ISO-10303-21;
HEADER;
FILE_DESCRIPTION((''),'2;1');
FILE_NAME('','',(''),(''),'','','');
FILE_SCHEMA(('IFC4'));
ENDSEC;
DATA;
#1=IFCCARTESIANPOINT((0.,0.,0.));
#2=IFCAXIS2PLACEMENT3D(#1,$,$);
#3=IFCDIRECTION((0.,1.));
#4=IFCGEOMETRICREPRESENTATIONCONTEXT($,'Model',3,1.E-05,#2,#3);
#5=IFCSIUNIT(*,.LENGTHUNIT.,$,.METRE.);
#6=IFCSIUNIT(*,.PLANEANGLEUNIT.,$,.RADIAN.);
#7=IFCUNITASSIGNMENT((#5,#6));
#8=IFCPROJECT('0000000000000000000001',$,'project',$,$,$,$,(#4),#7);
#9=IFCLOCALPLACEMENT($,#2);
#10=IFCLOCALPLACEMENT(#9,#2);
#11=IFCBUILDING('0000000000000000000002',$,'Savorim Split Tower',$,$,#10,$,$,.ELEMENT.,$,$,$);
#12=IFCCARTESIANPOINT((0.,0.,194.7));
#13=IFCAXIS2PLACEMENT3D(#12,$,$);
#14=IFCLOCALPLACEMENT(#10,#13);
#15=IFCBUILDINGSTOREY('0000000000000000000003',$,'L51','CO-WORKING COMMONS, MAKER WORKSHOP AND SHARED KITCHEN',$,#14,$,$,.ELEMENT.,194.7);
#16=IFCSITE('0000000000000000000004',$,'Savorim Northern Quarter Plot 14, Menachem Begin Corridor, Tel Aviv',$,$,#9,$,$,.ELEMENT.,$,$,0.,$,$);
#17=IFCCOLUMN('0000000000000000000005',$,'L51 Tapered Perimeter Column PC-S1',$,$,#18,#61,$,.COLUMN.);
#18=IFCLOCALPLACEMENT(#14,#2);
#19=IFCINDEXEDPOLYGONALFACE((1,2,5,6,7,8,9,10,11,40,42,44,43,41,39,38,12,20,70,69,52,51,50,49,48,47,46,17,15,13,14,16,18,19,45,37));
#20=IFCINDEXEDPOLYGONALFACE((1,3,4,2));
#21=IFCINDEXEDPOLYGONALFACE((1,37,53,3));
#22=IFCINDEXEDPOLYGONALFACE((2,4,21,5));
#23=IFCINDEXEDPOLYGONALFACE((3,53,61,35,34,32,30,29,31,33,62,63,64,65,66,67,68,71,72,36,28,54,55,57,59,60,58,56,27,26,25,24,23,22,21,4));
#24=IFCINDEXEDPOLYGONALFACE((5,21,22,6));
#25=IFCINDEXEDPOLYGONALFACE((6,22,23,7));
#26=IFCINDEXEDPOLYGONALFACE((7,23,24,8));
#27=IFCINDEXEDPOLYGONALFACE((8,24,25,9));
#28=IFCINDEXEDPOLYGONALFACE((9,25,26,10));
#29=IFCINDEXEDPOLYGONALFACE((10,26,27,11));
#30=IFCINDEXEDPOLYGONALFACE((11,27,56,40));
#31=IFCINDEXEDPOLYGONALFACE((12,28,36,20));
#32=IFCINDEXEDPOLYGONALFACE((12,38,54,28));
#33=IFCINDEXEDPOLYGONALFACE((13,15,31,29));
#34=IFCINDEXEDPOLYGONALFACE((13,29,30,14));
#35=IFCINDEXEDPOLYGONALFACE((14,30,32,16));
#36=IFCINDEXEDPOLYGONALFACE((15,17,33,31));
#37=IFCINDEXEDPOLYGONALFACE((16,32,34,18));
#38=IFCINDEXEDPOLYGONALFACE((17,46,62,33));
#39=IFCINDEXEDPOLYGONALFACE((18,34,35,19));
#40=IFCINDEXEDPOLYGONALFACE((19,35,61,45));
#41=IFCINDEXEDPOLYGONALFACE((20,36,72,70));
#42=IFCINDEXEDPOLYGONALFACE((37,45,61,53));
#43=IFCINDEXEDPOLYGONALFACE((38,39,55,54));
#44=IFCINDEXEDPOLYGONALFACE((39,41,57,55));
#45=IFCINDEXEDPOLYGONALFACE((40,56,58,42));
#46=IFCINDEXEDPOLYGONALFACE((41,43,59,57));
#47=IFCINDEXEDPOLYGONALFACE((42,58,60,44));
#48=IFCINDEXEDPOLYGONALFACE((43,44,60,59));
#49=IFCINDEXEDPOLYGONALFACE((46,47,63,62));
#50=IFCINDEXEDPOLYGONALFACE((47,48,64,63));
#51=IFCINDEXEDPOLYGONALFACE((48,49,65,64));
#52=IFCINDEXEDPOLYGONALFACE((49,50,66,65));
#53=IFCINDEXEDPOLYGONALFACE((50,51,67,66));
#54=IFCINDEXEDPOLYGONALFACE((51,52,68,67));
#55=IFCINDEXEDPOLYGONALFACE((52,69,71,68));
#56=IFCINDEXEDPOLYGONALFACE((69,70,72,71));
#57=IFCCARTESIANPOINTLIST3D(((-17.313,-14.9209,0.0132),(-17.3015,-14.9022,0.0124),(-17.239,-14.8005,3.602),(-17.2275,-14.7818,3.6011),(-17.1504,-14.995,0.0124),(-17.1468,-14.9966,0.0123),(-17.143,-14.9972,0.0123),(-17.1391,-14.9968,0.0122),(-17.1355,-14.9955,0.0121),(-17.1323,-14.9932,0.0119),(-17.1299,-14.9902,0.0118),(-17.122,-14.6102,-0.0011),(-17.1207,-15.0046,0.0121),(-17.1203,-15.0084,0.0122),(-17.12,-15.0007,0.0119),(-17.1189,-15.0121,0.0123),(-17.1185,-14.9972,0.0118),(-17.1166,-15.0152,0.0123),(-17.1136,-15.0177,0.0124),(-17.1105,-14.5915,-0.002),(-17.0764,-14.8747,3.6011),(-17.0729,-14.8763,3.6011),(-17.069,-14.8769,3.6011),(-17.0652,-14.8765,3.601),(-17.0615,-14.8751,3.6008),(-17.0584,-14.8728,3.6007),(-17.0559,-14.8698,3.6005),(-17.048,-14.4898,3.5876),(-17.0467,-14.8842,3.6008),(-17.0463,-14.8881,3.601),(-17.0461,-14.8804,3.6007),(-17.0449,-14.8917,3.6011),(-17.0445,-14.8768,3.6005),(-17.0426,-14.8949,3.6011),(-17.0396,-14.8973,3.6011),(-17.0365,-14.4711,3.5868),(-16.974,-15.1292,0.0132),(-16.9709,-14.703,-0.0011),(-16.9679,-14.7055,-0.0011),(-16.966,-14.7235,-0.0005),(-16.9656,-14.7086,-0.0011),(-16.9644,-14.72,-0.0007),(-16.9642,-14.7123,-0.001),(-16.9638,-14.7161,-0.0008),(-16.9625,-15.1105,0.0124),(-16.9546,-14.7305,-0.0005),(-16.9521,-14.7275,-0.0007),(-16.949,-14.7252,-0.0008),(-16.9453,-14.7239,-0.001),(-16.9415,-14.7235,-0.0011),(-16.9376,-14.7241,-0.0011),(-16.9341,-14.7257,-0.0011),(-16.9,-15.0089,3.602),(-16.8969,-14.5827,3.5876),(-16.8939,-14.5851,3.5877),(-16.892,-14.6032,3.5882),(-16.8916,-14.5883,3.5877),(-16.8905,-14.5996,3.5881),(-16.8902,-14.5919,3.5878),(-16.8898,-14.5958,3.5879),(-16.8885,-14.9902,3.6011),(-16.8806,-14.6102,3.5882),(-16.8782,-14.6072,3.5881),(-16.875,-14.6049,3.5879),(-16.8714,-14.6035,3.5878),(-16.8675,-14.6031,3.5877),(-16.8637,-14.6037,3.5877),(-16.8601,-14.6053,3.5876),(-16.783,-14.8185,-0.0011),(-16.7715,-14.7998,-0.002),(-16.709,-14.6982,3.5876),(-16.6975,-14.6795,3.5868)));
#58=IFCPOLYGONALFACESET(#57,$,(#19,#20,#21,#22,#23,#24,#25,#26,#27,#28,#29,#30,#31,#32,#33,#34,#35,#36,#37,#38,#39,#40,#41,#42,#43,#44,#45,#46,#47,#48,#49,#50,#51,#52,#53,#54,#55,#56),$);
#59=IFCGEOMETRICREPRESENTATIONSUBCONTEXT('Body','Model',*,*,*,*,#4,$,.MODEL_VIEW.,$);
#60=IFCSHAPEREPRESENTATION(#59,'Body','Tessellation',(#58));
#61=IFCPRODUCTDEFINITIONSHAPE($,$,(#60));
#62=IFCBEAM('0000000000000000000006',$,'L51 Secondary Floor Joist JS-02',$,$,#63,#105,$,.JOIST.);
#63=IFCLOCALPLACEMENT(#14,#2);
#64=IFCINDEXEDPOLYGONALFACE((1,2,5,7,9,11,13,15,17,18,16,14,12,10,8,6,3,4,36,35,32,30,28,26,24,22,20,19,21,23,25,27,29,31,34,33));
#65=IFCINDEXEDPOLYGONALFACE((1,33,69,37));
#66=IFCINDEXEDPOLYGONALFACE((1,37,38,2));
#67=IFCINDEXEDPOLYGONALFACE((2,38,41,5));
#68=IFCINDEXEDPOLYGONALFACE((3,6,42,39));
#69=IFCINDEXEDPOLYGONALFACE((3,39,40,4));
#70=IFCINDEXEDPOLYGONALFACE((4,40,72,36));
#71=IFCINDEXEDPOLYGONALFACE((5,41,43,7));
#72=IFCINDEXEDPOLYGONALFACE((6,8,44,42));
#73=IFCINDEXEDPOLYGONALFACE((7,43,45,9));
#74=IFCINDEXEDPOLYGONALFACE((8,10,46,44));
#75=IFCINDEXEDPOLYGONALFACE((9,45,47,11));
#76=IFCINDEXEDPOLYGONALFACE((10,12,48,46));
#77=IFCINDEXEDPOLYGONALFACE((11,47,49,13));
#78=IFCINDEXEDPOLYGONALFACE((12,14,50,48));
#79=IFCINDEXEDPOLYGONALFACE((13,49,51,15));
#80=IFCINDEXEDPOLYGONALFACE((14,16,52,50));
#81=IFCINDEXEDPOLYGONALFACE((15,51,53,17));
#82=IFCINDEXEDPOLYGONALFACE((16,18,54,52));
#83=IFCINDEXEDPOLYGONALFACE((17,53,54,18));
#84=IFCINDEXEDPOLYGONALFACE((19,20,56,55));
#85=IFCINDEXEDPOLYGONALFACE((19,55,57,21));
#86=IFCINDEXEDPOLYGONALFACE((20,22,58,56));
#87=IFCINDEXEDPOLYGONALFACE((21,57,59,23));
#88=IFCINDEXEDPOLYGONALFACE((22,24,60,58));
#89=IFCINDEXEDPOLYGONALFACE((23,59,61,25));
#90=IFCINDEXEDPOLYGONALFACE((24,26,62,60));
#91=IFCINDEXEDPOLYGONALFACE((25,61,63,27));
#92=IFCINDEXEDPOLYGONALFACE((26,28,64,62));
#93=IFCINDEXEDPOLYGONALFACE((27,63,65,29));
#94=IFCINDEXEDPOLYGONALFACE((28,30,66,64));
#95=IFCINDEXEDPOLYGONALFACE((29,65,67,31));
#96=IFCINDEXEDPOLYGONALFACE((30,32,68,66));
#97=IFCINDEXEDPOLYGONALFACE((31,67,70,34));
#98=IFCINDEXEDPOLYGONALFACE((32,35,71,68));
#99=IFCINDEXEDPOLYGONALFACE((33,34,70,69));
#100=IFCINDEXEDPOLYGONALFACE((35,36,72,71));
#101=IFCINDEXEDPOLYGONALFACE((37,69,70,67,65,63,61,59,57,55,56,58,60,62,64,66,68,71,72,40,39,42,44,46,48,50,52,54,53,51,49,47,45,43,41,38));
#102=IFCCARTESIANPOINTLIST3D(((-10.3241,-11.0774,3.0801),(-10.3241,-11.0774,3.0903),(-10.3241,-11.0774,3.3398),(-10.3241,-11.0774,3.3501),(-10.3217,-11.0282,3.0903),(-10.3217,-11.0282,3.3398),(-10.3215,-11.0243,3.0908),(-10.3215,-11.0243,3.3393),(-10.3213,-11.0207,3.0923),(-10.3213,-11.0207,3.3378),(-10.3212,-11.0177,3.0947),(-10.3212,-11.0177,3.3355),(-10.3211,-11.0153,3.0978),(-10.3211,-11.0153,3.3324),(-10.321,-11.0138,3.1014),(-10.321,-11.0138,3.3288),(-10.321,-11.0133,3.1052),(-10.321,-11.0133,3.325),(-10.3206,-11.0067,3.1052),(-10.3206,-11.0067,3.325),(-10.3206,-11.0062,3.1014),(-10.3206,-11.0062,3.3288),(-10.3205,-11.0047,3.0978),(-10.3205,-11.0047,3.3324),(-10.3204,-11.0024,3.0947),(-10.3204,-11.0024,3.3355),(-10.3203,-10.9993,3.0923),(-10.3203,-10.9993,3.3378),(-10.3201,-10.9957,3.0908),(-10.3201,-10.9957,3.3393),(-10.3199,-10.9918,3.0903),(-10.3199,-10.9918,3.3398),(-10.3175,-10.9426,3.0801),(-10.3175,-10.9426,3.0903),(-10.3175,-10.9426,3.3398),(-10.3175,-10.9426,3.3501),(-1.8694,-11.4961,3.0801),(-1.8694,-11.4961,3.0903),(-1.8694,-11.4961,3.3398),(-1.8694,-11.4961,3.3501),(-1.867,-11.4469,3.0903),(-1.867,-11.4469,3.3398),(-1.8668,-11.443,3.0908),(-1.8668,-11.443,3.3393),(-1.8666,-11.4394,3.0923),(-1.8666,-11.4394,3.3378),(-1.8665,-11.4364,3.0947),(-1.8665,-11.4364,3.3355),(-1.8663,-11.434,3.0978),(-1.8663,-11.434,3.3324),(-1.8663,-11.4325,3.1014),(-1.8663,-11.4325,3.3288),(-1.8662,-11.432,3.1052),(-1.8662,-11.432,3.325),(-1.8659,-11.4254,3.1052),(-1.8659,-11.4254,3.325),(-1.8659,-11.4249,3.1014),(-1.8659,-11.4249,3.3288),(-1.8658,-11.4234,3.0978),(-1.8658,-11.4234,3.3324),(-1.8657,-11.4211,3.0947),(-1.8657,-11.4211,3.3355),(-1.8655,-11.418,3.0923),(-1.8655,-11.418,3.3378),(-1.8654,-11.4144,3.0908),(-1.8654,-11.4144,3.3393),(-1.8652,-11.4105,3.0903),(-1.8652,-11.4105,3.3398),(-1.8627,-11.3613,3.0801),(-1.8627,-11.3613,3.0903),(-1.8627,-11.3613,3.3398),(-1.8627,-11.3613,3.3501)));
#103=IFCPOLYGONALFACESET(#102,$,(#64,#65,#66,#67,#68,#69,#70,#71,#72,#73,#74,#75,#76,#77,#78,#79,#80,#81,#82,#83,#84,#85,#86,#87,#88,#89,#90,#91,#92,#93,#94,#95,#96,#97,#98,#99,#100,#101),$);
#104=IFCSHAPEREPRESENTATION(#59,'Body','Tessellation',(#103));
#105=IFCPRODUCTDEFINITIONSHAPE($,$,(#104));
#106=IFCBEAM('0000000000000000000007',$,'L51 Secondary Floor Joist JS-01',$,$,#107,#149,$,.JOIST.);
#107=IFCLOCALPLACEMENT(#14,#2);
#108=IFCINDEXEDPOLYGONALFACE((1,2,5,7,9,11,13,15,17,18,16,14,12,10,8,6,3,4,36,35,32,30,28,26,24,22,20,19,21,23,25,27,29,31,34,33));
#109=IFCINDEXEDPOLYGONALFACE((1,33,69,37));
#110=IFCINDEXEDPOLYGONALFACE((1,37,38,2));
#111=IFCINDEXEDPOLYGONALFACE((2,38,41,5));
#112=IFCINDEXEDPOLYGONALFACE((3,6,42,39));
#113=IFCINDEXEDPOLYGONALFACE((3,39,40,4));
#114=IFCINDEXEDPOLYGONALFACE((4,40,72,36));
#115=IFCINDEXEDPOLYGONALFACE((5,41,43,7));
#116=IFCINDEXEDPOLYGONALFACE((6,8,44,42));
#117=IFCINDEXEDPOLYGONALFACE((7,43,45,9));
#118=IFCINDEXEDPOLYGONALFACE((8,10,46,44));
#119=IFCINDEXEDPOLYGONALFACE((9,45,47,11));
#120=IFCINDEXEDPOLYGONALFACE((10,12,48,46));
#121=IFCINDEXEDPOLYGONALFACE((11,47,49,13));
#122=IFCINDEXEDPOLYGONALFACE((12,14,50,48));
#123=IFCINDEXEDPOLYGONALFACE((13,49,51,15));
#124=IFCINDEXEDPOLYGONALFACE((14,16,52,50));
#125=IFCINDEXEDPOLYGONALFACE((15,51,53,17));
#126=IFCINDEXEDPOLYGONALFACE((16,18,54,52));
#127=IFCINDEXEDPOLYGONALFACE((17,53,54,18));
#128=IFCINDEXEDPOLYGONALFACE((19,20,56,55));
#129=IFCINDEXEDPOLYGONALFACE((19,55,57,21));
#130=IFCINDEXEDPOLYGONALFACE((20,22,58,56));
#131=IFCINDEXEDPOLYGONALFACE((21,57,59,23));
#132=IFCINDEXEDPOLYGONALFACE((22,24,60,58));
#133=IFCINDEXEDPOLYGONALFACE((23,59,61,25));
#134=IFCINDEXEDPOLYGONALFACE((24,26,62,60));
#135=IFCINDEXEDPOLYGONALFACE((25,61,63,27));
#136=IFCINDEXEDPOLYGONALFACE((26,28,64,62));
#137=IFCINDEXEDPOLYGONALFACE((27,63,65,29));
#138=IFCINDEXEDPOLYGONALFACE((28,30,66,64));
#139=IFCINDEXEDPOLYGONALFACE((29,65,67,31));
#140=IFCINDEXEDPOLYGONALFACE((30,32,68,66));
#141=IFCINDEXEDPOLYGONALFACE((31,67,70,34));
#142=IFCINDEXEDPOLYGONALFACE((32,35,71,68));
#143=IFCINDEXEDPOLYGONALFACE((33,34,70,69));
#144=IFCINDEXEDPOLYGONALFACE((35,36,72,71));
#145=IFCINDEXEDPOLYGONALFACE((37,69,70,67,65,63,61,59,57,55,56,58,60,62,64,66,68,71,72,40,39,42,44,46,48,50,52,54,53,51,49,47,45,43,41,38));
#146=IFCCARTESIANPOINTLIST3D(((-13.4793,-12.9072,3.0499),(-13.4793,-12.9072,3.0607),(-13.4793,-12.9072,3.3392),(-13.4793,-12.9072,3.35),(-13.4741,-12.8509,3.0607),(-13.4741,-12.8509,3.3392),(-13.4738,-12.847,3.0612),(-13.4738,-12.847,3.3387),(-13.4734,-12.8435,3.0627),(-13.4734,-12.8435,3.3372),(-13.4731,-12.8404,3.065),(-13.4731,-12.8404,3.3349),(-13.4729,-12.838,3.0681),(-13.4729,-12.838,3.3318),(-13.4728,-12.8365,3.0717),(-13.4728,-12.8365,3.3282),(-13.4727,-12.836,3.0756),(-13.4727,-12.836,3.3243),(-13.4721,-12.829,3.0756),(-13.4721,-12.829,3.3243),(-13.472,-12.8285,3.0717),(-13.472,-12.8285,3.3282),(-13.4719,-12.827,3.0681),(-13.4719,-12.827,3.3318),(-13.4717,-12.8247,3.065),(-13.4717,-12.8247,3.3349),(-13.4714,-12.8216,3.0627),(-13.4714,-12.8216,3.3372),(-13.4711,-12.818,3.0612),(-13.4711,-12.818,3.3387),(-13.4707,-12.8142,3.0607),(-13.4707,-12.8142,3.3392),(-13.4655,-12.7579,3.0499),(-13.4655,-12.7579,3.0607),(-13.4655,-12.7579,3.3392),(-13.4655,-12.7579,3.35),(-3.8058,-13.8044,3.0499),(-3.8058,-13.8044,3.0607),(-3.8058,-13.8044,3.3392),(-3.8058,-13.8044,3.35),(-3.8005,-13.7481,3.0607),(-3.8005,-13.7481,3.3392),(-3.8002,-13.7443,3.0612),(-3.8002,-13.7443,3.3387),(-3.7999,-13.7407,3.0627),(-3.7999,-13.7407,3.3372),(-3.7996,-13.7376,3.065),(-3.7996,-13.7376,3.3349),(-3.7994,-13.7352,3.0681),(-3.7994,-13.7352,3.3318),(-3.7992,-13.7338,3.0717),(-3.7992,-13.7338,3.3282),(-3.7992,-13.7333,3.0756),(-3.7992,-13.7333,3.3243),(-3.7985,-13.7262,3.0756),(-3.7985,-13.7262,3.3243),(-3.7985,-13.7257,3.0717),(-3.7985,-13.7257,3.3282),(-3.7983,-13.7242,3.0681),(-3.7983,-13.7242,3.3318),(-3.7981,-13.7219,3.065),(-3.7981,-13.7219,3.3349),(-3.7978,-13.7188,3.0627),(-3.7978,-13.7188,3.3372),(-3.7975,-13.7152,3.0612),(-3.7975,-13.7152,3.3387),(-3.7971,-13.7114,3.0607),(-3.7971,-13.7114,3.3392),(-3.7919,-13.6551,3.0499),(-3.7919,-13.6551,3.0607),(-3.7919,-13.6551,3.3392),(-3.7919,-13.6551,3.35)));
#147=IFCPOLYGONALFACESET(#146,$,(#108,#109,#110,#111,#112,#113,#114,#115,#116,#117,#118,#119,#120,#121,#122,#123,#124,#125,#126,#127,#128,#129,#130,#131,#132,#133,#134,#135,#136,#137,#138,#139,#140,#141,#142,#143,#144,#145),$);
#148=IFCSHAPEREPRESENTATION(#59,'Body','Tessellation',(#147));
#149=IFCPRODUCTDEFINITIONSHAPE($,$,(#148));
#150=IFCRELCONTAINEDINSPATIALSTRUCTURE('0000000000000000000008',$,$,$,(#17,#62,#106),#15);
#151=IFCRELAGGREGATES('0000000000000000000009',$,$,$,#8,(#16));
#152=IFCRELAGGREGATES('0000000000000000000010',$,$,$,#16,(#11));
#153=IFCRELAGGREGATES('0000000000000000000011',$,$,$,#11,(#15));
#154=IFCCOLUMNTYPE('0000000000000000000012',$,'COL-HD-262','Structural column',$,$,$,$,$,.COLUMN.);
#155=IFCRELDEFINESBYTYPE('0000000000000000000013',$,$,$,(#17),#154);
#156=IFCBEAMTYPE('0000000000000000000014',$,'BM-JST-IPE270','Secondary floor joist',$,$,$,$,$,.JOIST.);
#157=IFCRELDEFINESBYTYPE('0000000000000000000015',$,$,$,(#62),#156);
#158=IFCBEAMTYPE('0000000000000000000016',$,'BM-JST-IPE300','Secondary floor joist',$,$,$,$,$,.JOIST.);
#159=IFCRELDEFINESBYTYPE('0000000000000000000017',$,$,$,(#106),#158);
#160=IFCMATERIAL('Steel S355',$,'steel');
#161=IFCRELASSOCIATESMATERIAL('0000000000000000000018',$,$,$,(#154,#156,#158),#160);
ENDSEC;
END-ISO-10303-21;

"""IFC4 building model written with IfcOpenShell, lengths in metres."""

from ifc_helpers import new_model, si_unit, direction, frame, origin, origin_2d, place, context, subcontext, project, spatial, i_section, extrude, material, material_profile, profile_set, type_object, element, save


model = new_model("IFC4")

# Units and contexts
model_context = context("Model", 3, precision=1e-05, world=origin(), true_north=direction((0.0, 1.0)))
body_context = subcontext(model_context, "Body", "Model", "MODEL_VIEW")
ifc_project = project(units=[si_unit("LENGTHUNIT", "METRE"), si_unit("PLANEANGLEUNIT", "RADIAN")], contexts=[model_context])

# Site, building, storey
site_placement = place(None, origin())
site = spatial("IfcSite", under=ifc_project, at=site_placement, Name="Savorim Northern Quarter Plot 14, Menachem Begin Corridor, Tel Aviv", CompositionType="ELEMENT", RefElevation=0.0)
building_placement = place(site_placement, origin())
building = spatial("IfcBuilding", under=site, at=building_placement, Name="Savorim Split Tower", CompositionType="ELEMENT")
storey_placement = place(building_placement, frame((0.0, 0.0, 194.7)))
storey = spatial("IfcBuildingStorey", under=building, at=storey_placement, Name="L51", Description="CO-WORKING COMMONS, MAKER WORKSHOP AND SHARED KITCHEN", CompositionType="ELEMENT", Elevation=194.7)

# Column
ifc_material_1 = material(Name="Steel S355", Category="steel")
ifc_material_profile_1 = material_profile(ifc_material_1, i_section(OverallWidth=0.3979, OverallDepth=0.387, WebThickness=0.0134, FlangeThickness=0.022, FilletRadius=0.0149, at=origin_2d()), Name="HD 400x262")
ifc_profile_set_1 = profile_set([ifc_material_profile_1], Name="Steel S355")
column_type = type_object("IfcColumnType", Name="COL-HD-262", Description="Structural column", PredefinedType="COLUMN", material=ifc_profile_set_1)
column_placement = place(storey_placement, frame((-17.0422, -14.8604, 0.0056), z_axis=(0.020596, 0.033511, 0.999226), x_axis=(-0.851955, 0.523615, 0.0)))
element("IfcColumn", 1, at=column_placement, inside=storey, type_object=column_type, Name="L51 Tapered Perimeter Column PC-S1", PredefinedType="COLUMN", context=body_context, shape_type="SweptSolid", body=[
    extrude(i_section(OverallWidth=0.3979, OverallDepth=0.387, WebThickness=0.0134, FlangeThickness=0.022, FilletRadius=0.0149, at=origin_2d()), origin(), (0.0, 0.0, 1.0), 3.5916),
])

# Beams
ifc_material_profile_2 = material_profile(ifc_material_1, i_section(OverallWidth=0.135, OverallDepth=0.27, WebThickness=0.0066, FlangeThickness=0.0103, FilletRadius=0.0149, at=origin_2d()), Name="IPE 270")
ifc_profile_set_2 = profile_set([ifc_material_profile_2], Name="Steel S355")
beam_type_1 = type_object("IfcBeamType", Name="BM-JST-IPE270", Description="Secondary floor joist", PredefinedType="JOIST", material=ifc_profile_set_2)
beam_1_placement = place(storey_placement, frame((-10.3208, -11.01, 3.2151), z_axis=(0.998776, -0.049461, 0.0), x_axis=(0.049461, 0.998776, 0.0)))
element("IfcBeam", 2, at=beam_1_placement, inside=storey, type_object=beam_type_1, Name="L51 Secondary Floor Joist JS-02", PredefinedType="JOIST", context=body_context, shape_type="SweptSolid", body=[
    extrude(i_section(OverallWidth=0.135, OverallDepth=0.27, WebThickness=0.0066, FlangeThickness=0.0103, FilletRadius=0.0149, at=origin_2d()), origin(), (0.0, 0.0, 1.0), 8.4651),
])
ifc_material_profile_3 = material_profile(ifc_material_1, i_section(OverallWidth=0.1499, OverallDepth=0.3, WebThickness=0.0071, FlangeThickness=0.0107, FilletRadius=0.0149, at=origin_2d()), Name="IPE 300")
ifc_profile_set_3 = profile_set([ifc_material_profile_3], Name="Steel S355")
beam_type_2 = type_object("IfcBeamType", Name="BM-JST-IPE300", Description="Secondary floor joist", PredefinedType="JOIST", material=ifc_profile_set_3)
beam_2_placement = place(storey_placement, frame((-13.4724, -12.8325, 3.2), z_axis=(0.995726, -0.092353, 0.0), x_axis=(0.092353, 0.995726, 0.0)))
element("IfcBeam", 3, at=beam_2_placement, inside=storey, type_object=beam_type_2, Name="L51 Secondary Floor Joist JS-01", PredefinedType="JOIST", context=body_context, shape_type="SweptSolid", body=[
    extrude(i_section(OverallWidth=0.1499, OverallDepth=0.3, WebThickness=0.0071, FlangeThickness=0.0107, FilletRadius=0.0149, at=origin_2d()), origin(), (0.0, 0.0, 1.0), 9.7151),
])

save(model, "model.ifc")
